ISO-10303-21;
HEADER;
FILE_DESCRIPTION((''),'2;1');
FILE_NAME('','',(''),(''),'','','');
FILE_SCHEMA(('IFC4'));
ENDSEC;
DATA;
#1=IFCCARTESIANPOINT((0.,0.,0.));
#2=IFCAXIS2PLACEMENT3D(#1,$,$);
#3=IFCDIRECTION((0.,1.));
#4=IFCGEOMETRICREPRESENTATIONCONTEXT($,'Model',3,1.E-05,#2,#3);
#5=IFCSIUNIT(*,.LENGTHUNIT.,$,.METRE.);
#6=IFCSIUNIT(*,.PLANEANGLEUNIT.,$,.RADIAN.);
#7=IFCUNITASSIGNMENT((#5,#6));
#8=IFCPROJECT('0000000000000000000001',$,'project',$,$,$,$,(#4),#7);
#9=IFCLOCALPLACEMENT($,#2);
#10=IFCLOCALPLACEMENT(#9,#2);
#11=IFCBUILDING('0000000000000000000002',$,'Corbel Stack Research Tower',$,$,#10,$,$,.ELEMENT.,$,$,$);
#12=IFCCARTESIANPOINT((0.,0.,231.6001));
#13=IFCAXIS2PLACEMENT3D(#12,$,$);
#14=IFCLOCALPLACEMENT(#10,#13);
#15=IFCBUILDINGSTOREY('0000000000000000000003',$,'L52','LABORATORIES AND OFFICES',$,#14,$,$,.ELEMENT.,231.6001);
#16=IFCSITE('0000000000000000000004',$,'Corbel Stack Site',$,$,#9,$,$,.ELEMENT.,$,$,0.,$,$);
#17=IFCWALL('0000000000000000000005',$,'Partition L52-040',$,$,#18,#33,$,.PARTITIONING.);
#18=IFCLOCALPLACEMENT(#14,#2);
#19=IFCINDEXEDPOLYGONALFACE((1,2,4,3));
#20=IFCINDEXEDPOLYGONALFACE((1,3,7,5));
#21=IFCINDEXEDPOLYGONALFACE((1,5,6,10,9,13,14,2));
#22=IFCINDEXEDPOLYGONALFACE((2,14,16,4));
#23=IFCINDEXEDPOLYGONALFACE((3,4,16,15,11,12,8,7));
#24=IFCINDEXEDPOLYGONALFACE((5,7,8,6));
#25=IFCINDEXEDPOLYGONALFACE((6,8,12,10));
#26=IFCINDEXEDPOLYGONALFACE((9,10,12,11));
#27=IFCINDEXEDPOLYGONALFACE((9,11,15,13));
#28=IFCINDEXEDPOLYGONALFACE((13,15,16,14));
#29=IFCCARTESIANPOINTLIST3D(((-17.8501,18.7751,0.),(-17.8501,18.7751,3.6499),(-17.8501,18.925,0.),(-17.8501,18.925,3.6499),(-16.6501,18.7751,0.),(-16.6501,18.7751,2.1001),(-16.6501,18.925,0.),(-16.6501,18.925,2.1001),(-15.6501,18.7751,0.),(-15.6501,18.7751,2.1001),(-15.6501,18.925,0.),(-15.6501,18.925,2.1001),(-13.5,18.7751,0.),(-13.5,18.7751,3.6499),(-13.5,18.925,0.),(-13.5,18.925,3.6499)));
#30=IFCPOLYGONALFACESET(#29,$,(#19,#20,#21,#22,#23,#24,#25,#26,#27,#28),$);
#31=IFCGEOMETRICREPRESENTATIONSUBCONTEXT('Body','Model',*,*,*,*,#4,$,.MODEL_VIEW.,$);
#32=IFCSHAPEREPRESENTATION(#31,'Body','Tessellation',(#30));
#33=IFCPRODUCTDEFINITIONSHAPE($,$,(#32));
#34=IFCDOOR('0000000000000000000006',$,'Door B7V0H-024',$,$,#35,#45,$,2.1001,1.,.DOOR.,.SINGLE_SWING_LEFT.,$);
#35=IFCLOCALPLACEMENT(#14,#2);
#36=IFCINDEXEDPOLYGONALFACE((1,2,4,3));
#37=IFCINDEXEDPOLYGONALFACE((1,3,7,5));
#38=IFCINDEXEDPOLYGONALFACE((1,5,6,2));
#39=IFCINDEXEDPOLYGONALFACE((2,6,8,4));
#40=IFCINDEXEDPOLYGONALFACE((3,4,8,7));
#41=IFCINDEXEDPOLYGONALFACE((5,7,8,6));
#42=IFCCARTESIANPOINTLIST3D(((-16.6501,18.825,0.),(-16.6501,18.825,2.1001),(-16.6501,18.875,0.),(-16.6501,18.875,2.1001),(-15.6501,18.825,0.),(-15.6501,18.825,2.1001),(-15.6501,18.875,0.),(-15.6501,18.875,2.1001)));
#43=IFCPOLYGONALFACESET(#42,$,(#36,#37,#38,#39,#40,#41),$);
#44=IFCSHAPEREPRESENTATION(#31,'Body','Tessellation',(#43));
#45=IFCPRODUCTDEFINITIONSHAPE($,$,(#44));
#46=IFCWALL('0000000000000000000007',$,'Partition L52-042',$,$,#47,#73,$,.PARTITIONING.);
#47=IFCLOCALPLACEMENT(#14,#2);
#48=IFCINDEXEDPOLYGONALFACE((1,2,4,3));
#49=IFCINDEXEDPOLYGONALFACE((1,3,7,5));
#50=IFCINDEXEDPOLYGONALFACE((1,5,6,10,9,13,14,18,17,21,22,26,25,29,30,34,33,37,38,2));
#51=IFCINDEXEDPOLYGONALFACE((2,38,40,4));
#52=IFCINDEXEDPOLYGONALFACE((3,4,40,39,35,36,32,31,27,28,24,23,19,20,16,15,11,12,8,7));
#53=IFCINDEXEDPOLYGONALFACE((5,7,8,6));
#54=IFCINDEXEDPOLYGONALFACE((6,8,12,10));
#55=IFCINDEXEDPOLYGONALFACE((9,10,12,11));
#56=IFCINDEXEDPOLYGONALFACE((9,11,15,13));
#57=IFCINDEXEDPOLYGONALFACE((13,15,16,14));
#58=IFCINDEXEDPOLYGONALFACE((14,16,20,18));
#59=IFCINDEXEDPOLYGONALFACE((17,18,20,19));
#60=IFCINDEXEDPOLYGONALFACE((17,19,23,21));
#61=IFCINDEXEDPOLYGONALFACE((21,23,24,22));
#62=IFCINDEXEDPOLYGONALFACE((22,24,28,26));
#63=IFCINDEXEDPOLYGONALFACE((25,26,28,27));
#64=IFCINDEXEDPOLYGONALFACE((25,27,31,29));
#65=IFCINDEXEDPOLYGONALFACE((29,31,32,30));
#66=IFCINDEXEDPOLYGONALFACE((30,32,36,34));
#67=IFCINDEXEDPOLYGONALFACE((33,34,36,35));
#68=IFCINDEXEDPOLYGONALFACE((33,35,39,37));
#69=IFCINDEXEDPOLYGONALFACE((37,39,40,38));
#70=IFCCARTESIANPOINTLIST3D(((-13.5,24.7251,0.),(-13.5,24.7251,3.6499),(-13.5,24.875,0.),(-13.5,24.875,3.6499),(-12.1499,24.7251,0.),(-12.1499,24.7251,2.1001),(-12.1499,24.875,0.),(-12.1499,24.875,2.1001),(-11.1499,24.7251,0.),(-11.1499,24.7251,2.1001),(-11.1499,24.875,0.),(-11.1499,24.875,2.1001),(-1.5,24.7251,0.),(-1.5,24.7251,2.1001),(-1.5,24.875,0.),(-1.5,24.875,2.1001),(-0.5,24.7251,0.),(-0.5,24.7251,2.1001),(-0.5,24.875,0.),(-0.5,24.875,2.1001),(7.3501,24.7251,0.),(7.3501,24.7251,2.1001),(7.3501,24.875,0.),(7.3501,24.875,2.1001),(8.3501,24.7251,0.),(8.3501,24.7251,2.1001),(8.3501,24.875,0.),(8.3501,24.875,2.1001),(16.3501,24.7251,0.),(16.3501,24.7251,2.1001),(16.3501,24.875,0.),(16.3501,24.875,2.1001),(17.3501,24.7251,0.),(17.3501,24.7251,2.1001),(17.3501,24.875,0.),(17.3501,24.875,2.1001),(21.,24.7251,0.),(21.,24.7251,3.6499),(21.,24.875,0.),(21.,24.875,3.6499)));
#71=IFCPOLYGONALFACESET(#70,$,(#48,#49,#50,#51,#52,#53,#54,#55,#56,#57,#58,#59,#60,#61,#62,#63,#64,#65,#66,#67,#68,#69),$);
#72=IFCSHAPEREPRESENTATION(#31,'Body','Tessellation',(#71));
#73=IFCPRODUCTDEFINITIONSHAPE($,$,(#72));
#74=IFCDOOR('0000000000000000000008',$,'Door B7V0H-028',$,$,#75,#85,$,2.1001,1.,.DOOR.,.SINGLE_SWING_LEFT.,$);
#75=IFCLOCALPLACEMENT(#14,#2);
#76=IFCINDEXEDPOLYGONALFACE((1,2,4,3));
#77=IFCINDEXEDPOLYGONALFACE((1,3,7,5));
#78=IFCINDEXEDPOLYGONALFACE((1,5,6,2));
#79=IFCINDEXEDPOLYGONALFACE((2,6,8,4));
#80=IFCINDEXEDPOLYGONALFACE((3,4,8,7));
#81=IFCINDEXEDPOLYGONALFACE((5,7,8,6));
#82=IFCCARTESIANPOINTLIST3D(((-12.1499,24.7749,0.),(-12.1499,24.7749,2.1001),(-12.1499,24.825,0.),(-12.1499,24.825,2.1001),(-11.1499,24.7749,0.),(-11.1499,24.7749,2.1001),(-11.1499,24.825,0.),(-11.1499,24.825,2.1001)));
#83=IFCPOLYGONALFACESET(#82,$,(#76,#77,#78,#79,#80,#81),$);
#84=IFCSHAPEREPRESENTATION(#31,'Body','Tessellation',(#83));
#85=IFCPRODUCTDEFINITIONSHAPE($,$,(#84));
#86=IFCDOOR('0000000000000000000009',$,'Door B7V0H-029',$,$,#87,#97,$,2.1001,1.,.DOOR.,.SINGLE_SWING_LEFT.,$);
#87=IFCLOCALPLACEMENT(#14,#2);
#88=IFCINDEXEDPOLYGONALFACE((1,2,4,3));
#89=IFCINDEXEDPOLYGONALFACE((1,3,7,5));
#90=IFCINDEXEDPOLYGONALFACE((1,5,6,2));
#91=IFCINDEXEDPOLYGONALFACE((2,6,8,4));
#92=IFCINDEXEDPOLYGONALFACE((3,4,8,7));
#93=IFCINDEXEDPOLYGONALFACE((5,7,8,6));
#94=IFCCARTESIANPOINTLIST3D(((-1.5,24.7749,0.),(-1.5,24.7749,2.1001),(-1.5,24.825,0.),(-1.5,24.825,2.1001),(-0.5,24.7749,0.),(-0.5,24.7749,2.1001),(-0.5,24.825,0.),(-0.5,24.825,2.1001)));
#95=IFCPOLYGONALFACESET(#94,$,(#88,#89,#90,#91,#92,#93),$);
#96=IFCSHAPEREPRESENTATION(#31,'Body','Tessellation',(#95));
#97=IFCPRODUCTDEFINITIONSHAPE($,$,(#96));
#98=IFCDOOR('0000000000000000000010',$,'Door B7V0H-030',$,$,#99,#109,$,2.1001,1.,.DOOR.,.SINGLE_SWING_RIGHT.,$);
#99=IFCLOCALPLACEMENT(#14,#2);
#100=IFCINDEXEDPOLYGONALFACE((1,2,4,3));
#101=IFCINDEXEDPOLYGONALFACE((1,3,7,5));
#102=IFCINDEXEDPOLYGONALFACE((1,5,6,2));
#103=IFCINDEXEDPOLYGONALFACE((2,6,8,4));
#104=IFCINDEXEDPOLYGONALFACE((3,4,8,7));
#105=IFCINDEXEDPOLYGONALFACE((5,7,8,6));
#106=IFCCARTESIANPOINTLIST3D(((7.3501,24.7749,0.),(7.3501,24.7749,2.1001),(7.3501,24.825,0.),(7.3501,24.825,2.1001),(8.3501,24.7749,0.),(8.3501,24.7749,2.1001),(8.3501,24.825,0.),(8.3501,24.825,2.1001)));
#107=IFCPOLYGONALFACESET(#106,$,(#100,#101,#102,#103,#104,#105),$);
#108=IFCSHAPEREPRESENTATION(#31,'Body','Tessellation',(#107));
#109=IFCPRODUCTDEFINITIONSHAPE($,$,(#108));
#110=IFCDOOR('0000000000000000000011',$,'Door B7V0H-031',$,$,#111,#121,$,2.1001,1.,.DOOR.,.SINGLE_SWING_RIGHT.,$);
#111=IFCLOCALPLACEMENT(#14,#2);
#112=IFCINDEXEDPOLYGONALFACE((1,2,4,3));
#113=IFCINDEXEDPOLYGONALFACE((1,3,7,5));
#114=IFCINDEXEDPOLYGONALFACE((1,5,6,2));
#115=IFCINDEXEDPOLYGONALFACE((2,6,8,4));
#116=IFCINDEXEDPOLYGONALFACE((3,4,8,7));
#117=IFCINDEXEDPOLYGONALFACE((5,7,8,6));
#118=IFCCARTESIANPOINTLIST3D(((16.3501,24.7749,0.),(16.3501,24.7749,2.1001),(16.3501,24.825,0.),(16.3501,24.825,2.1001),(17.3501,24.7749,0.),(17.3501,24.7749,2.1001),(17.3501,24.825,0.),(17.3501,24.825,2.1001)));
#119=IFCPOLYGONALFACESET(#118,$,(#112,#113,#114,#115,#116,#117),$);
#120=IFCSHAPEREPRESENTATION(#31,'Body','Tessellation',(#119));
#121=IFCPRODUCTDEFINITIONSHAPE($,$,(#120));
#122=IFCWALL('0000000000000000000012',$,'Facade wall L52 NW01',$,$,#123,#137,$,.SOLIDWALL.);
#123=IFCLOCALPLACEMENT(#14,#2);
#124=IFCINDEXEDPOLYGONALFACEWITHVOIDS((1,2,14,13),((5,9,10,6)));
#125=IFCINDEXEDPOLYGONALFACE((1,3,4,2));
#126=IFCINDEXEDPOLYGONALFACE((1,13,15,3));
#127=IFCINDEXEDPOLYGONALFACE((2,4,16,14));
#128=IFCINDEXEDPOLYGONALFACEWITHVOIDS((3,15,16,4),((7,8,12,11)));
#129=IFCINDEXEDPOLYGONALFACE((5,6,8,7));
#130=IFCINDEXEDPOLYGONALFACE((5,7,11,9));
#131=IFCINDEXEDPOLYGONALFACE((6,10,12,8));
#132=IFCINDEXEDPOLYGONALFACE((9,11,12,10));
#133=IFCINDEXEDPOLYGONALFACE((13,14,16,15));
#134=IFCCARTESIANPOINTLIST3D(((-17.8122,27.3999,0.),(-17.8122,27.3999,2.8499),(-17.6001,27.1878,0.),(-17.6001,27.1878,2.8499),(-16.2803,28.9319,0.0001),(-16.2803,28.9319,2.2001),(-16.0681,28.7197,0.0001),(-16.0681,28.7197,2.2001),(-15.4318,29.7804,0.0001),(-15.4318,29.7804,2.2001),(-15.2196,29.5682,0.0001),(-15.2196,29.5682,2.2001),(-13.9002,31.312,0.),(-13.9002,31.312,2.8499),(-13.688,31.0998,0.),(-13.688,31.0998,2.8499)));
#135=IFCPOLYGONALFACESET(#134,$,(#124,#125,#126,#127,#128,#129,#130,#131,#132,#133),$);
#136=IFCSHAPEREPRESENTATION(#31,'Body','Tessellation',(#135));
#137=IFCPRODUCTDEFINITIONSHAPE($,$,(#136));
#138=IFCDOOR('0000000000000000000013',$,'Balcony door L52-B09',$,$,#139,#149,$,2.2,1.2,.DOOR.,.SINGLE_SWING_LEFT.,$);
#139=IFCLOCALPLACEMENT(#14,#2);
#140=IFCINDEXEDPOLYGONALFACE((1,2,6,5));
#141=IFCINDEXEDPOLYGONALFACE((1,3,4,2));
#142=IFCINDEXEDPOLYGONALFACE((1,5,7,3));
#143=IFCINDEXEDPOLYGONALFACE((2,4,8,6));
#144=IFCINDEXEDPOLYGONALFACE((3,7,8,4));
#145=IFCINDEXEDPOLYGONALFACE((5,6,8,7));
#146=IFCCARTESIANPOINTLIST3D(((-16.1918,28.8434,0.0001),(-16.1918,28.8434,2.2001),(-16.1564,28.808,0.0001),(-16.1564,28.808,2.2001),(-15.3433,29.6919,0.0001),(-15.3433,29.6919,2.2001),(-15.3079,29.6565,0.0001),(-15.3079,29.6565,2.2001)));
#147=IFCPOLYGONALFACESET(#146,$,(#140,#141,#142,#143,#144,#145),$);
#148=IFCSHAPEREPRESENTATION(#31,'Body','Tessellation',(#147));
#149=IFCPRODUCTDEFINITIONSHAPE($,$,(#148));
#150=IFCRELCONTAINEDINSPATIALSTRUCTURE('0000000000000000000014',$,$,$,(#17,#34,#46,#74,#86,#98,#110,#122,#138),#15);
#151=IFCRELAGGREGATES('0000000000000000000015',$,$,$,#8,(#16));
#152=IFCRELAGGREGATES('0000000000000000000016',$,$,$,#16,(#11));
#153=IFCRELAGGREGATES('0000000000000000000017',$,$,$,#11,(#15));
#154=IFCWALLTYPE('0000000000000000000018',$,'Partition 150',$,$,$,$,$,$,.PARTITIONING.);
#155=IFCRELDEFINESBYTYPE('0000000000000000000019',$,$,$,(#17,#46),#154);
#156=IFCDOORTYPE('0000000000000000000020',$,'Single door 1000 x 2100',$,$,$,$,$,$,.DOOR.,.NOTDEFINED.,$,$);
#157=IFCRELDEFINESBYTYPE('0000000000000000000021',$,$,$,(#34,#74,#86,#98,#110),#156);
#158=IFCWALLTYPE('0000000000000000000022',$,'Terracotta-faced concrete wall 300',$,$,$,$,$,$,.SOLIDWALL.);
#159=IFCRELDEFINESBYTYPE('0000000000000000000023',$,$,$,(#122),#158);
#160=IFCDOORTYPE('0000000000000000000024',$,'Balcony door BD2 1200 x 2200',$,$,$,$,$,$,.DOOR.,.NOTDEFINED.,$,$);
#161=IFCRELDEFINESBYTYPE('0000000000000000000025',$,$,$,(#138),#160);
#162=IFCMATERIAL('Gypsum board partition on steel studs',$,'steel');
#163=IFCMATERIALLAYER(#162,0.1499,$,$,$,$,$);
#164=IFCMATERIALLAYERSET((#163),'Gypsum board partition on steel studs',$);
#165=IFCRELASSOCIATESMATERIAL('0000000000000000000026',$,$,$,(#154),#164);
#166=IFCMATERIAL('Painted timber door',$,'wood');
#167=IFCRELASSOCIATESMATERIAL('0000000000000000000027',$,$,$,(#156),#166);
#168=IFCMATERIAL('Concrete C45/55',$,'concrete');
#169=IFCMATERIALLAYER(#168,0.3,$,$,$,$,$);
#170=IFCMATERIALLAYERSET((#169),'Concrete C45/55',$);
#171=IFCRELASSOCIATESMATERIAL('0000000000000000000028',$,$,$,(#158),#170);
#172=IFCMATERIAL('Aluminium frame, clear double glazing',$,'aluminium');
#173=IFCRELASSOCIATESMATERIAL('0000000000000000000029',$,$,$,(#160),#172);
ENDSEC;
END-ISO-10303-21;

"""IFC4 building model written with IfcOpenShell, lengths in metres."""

from ifc_helpers import new_model, si_unit, direction, frame, frame_2d, origin, place, context, subcontext, project, spatial, rectangle, extrude, material, layer, layer_set, type_object, element, fill, save


model = new_model("IFC4")

# Units and contexts
model_context = context("Model", 3, precision=1e-05, world=origin(), true_north=direction((0.0, 1.0)))
body_context = subcontext(model_context, "Body", "Model", "MODEL_VIEW")
ifc_project = project(units=[si_unit("LENGTHUNIT", "METRE"), si_unit("PLANEANGLEUNIT", "RADIAN")], contexts=[model_context])

# Site, building, storey
site_placement = place(None, origin())
site = spatial("IfcSite", under=ifc_project, at=site_placement, Name="Corbel Stack Site", CompositionType="ELEMENT", RefElevation=0.0)
building_placement = place(site_placement, origin())
building = spatial("IfcBuilding", under=site, at=building_placement, Name="Corbel Stack Research Tower", CompositionType="ELEMENT")
storey_placement = place(building_placement, frame((0.0, 0.0, 231.6001)))
storey = spatial("IfcBuildingStorey", under=building, at=storey_placement, Name="L52", Description="LABORATORIES AND OFFICES", CompositionType="ELEMENT", Elevation=231.6001)

# Wall, opening, door
ifc_material_1 = material(Name="Gypsum board partition on steel studs", Category="steel")
ifc_layer_1 = layer(ifc_material_1, 0.1499)
ifc_layer_set_1 = layer_set([ifc_layer_1], Name="Gypsum board partition on steel studs")
wall_type_1 = type_object("IfcWallType", Name="Partition 150", PredefinedType="PARTITIONING", material=ifc_layer_set_1)
wall_1_placement = place(storey_placement, frame((-17.8501, 18.8501, 0.0), z_axis=(0.0, 0.0, 1.0), x_axis=(1.0, 0.0, 0.0)))
wall_1 = element("IfcWall", 1, at=wall_1_placement, inside=storey, type_object=wall_type_1, Name="Partition L52-040", PredefinedType="PARTITIONING", context=body_context, shape_type="SweptSolid", body=[
    extrude(rectangle(XDim=4.3501, YDim=0.1499, at=frame_2d((2.175, 0.0))), origin(), (0.0, 0.0, 1.0), 3.6499),
])
opening_1_placement = place(wall_1_placement, frame((1.2, 0.0, 0.0)))
opening_1 = element("IfcOpeningElement", 2, at=opening_1_placement, cuts=wall_1, PredefinedType="OPENING", context=body_context, shape_type="SweptSolid", body=[
    extrude(rectangle(XDim=1.0, YDim=2.1001, at=frame_2d((0.5, 1.05))), frame((0.0, 0.085, 0.0), z_axis=(0.0, -1.0, 0.0), x_axis=(1.0, 0.0, 0.0)), (0.0, 0.0, 1.0), 0.1699),
])
ifc_material_2 = material(Name="Painted timber door", Category="wood")
door_type_1 = type_object("IfcDoorType", Name="Single door 1000 x 2100", OperationType="NOTDEFINED", PredefinedType="DOOR", material=ifc_material_2)
door_1_placement = place(opening_1_placement, origin())
door_1 = element("IfcDoor", 3, at=door_1_placement, inside=storey, type_object=door_type_1, Name="Door B7V0H-024", OperationType="SINGLE_SWING_LEFT", OverallHeight=2.1001, OverallWidth=1.0, PredefinedType="DOOR", context=body_context, shape_type="SweptSolid", body=[
    extrude(rectangle(XDim=1.0, YDim=2.1001, at=frame_2d((0.5, 1.05))), frame((0.0, 0.0249, 0.0), z_axis=(0.0, -1.0, 0.0), x_axis=(1.0, 0.0, 0.0)), (0.0, 0.0, 1.0), 0.05),
])
fill(opening_1, door_1)

# Wall, openings, doors
wall_2_placement = place(storey_placement, frame((-13.5, 24.8, 0.0), z_axis=(0.0, 0.0, 1.0), x_axis=(1.0, 0.0, 0.0)))
wall_2 = element("IfcWall", 4, at=wall_2_placement, inside=storey, type_object=wall_type_1, Name="Partition L52-042", PredefinedType="PARTITIONING", context=body_context, shape_type="SweptSolid", body=[
    extrude(rectangle(XDim=34.5, YDim=0.1499, at=frame_2d((17.25, 0.0))), origin(), (0.0, 0.0, 1.0), 3.6499),
])
opening_2_placement = place(wall_2_placement, frame((1.3501, 0.0, 0.0)))
opening_2 = element("IfcOpeningElement", 5, at=opening_2_placement, cuts=wall_2, PredefinedType="OPENING", context=body_context, shape_type="SweptSolid", body=[
    extrude(rectangle(XDim=1.0, YDim=2.1001, at=frame_2d((0.5, 1.05))), frame((0.0, 0.085, 0.0), z_axis=(0.0, -1.0, 0.0), x_axis=(1.0, 0.0, 0.0)), (0.0, 0.0, 1.0), 0.1699),
])
opening_3_placement = place(wall_2_placement, frame((12.0, 0.0, 0.0)))
opening_3 = element("IfcOpeningElement", 6, at=opening_3_placement, cuts=wall_2, PredefinedType="OPENING", context=body_context, shape_type="SweptSolid", body=[
    extrude(rectangle(XDim=1.0, YDim=2.1001, at=frame_2d((0.5, 1.05))), frame((0.0, 0.085, 0.0), z_axis=(0.0, -1.0, 0.0), x_axis=(1.0, 0.0, 0.0)), (0.0, 0.0, 1.0), 0.1699),
])
opening_4_placement = place(wall_2_placement, frame((20.8501, 0.0, 0.0)))
opening_4 = element("IfcOpeningElement", 7, at=opening_4_placement, cuts=wall_2, PredefinedType="OPENING", context=body_context, shape_type="SweptSolid", body=[
    extrude(rectangle(XDim=1.0, YDim=2.1001, at=frame_2d((0.5, 1.05))), frame((0.0, 0.085, 0.0), z_axis=(0.0, -1.0, 0.0), x_axis=(1.0, 0.0, 0.0)), (0.0, 0.0, 1.0), 0.1699),
])
opening_5_placement = place(wall_2_placement, frame((29.8501, 0.0, 0.0)))
opening_5 = element("IfcOpeningElement", 8, at=opening_5_placement, cuts=wall_2, PredefinedType="OPENING", context=body_context, shape_type="SweptSolid", body=[
    extrude(rectangle(XDim=1.0, YDim=2.1001, at=frame_2d((0.5, 1.05))), frame((0.0, 0.085, 0.0), z_axis=(0.0, -1.0, 0.0), x_axis=(1.0, 0.0, 0.0)), (0.0, 0.0, 1.0), 0.1699),
])
door_2_placement = place(opening_2_placement, origin())
door_2 = element("IfcDoor", 9, at=door_2_placement, inside=storey, type_object=door_type_1, Name="Door B7V0H-028", OperationType="SINGLE_SWING_LEFT", OverallHeight=2.1001, OverallWidth=1.0, PredefinedType="DOOR", context=body_context, shape_type="SweptSolid", body=[
    extrude(rectangle(XDim=1.0, YDim=2.1001, at=frame_2d((0.5, 1.05))), frame((0.0, 0.0249, 0.0), z_axis=(0.0, -1.0, 0.0), x_axis=(1.0, 0.0, 0.0)), (0.0, 0.0, 1.0), 0.05),
])
fill(opening_2, door_2)
door_3_placement = place(opening_3_placement, origin())
door_3 = element("IfcDoor", 10, at=door_3_placement, inside=storey, type_object=door_type_1, Name="Door B7V0H-029", OperationType="SINGLE_SWING_LEFT", OverallHeight=2.1001, OverallWidth=1.0, PredefinedType="DOOR", context=body_context, shape_type="SweptSolid", body=[
    extrude(rectangle(XDim=1.0, YDim=2.1001, at=frame_2d((0.5, 1.05))), frame((0.0, 0.0249, 0.0), z_axis=(0.0, -1.0, 0.0), x_axis=(1.0, 0.0, 0.0)), (0.0, 0.0, 1.0), 0.05),
])
fill(opening_3, door_3)
door_4_placement = place(opening_4_placement, origin())
door_4 = element("IfcDoor", 11, at=door_4_placement, inside=storey, type_object=door_type_1, Name="Door B7V0H-030", OperationType="SINGLE_SWING_RIGHT", OverallHeight=2.1001, OverallWidth=1.0, PredefinedType="DOOR", context=body_context, shape_type="SweptSolid", body=[
    extrude(rectangle(XDim=1.0, YDim=2.1001, at=frame_2d((0.5, 1.05))), frame((0.0, 0.0249, 0.0), z_axis=(0.0, -1.0, 0.0), x_axis=(1.0, 0.0, 0.0)), (0.0, 0.0, 1.0), 0.05),
])
fill(opening_4, door_4)
door_5_placement = place(opening_5_placement, origin())
door_5 = element("IfcDoor", 12, at=door_5_placement, inside=storey, type_object=door_type_1, Name="Door B7V0H-031", OperationType="SINGLE_SWING_RIGHT", OverallHeight=2.1001, OverallWidth=1.0, PredefinedType="DOOR", context=body_context, shape_type="SweptSolid", body=[
    extrude(rectangle(XDim=1.0, YDim=2.1001, at=frame_2d((0.5, 1.05))), frame((0.0, 0.0249, 0.0), z_axis=(0.0, -1.0, 0.0), x_axis=(1.0, 0.0, 0.0)), (0.0, 0.0, 1.0), 0.05),
])
fill(opening_5, door_5)

# Wall, opening, door
ifc_material_3 = material(Name="Concrete C45/55", Category="concrete")
ifc_layer_2 = layer(ifc_material_3, 0.3)
ifc_layer_set_2 = layer_set([ifc_layer_2], Name="Concrete C45/55")
wall_type_2 = type_object("IfcWallType", Name="Terracotta-faced concrete wall 300", PredefinedType="SOLIDWALL", material=ifc_layer_set_2)
wall_3_placement = place(storey_placement, frame((-17.7061, 27.2939, 0.0), z_axis=(0.0, 0.0, 1.0), x_axis=(0.707107, 0.707107, 0.0)))
wall_3 = element("IfcWall", 13, at=wall_3_placement, inside=storey, type_object=wall_type_2, Name="Facade wall L52 NW01", PredefinedType="SOLIDWALL", context=body_context, shape_type="SweptSolid", body=[
    extrude(rectangle(XDim=5.5325, YDim=0.3, at=frame_2d((2.7661, 0.0))), origin(), (0.0, 0.0, 1.0), 2.8499),
])
opening_6_placement = place(wall_3_placement, frame((2.1663, 0.0, 0.0)))
opening_6 = element("IfcOpeningElement", 14, at=opening_6_placement, cuts=wall_3, PredefinedType="OPENING", context=body_context, shape_type="SweptSolid", body=[
    extrude(rectangle(XDim=1.2, YDim=2.2, at=frame_2d((0.6001, 1.1001))), frame((0.0, 0.1599, 0.0), z_axis=(0.0, -1.0, 0.0), x_axis=(1.0, 0.0, 0.0)), (0.0, 0.0, 1.0), 0.3201),
])
ifc_material_4 = material(Name="Aluminium frame, clear double glazing", Category="aluminium")
door_type_2 = type_object("IfcDoorType", Name="Balcony door BD2 1200 x 2200", OperationType="NOTDEFINED", PredefinedType="DOOR", material=ifc_material_4)
door_6_placement = place(opening_6_placement, origin())
door_6 = element("IfcDoor", 15, at=door_6_placement, inside=storey, type_object=door_type_2, Name="Balcony door L52-B09", OperationType="SINGLE_SWING_LEFT", OverallHeight=2.2, OverallWidth=1.2, PredefinedType="DOOR", context=body_context, shape_type="SweptSolid", body=[
    extrude(rectangle(XDim=1.2, YDim=2.2, at=frame_2d((0.6001, 1.1001))), frame((0.0, 0.0249, 0.0), z_axis=(0.0, -1.0, 0.0), x_axis=(1.0, 0.0, 0.0)), (0.0, 0.0, 1.0), 0.05),
])
fill(opening_6, door_6)

save(model, "model.ifc")
